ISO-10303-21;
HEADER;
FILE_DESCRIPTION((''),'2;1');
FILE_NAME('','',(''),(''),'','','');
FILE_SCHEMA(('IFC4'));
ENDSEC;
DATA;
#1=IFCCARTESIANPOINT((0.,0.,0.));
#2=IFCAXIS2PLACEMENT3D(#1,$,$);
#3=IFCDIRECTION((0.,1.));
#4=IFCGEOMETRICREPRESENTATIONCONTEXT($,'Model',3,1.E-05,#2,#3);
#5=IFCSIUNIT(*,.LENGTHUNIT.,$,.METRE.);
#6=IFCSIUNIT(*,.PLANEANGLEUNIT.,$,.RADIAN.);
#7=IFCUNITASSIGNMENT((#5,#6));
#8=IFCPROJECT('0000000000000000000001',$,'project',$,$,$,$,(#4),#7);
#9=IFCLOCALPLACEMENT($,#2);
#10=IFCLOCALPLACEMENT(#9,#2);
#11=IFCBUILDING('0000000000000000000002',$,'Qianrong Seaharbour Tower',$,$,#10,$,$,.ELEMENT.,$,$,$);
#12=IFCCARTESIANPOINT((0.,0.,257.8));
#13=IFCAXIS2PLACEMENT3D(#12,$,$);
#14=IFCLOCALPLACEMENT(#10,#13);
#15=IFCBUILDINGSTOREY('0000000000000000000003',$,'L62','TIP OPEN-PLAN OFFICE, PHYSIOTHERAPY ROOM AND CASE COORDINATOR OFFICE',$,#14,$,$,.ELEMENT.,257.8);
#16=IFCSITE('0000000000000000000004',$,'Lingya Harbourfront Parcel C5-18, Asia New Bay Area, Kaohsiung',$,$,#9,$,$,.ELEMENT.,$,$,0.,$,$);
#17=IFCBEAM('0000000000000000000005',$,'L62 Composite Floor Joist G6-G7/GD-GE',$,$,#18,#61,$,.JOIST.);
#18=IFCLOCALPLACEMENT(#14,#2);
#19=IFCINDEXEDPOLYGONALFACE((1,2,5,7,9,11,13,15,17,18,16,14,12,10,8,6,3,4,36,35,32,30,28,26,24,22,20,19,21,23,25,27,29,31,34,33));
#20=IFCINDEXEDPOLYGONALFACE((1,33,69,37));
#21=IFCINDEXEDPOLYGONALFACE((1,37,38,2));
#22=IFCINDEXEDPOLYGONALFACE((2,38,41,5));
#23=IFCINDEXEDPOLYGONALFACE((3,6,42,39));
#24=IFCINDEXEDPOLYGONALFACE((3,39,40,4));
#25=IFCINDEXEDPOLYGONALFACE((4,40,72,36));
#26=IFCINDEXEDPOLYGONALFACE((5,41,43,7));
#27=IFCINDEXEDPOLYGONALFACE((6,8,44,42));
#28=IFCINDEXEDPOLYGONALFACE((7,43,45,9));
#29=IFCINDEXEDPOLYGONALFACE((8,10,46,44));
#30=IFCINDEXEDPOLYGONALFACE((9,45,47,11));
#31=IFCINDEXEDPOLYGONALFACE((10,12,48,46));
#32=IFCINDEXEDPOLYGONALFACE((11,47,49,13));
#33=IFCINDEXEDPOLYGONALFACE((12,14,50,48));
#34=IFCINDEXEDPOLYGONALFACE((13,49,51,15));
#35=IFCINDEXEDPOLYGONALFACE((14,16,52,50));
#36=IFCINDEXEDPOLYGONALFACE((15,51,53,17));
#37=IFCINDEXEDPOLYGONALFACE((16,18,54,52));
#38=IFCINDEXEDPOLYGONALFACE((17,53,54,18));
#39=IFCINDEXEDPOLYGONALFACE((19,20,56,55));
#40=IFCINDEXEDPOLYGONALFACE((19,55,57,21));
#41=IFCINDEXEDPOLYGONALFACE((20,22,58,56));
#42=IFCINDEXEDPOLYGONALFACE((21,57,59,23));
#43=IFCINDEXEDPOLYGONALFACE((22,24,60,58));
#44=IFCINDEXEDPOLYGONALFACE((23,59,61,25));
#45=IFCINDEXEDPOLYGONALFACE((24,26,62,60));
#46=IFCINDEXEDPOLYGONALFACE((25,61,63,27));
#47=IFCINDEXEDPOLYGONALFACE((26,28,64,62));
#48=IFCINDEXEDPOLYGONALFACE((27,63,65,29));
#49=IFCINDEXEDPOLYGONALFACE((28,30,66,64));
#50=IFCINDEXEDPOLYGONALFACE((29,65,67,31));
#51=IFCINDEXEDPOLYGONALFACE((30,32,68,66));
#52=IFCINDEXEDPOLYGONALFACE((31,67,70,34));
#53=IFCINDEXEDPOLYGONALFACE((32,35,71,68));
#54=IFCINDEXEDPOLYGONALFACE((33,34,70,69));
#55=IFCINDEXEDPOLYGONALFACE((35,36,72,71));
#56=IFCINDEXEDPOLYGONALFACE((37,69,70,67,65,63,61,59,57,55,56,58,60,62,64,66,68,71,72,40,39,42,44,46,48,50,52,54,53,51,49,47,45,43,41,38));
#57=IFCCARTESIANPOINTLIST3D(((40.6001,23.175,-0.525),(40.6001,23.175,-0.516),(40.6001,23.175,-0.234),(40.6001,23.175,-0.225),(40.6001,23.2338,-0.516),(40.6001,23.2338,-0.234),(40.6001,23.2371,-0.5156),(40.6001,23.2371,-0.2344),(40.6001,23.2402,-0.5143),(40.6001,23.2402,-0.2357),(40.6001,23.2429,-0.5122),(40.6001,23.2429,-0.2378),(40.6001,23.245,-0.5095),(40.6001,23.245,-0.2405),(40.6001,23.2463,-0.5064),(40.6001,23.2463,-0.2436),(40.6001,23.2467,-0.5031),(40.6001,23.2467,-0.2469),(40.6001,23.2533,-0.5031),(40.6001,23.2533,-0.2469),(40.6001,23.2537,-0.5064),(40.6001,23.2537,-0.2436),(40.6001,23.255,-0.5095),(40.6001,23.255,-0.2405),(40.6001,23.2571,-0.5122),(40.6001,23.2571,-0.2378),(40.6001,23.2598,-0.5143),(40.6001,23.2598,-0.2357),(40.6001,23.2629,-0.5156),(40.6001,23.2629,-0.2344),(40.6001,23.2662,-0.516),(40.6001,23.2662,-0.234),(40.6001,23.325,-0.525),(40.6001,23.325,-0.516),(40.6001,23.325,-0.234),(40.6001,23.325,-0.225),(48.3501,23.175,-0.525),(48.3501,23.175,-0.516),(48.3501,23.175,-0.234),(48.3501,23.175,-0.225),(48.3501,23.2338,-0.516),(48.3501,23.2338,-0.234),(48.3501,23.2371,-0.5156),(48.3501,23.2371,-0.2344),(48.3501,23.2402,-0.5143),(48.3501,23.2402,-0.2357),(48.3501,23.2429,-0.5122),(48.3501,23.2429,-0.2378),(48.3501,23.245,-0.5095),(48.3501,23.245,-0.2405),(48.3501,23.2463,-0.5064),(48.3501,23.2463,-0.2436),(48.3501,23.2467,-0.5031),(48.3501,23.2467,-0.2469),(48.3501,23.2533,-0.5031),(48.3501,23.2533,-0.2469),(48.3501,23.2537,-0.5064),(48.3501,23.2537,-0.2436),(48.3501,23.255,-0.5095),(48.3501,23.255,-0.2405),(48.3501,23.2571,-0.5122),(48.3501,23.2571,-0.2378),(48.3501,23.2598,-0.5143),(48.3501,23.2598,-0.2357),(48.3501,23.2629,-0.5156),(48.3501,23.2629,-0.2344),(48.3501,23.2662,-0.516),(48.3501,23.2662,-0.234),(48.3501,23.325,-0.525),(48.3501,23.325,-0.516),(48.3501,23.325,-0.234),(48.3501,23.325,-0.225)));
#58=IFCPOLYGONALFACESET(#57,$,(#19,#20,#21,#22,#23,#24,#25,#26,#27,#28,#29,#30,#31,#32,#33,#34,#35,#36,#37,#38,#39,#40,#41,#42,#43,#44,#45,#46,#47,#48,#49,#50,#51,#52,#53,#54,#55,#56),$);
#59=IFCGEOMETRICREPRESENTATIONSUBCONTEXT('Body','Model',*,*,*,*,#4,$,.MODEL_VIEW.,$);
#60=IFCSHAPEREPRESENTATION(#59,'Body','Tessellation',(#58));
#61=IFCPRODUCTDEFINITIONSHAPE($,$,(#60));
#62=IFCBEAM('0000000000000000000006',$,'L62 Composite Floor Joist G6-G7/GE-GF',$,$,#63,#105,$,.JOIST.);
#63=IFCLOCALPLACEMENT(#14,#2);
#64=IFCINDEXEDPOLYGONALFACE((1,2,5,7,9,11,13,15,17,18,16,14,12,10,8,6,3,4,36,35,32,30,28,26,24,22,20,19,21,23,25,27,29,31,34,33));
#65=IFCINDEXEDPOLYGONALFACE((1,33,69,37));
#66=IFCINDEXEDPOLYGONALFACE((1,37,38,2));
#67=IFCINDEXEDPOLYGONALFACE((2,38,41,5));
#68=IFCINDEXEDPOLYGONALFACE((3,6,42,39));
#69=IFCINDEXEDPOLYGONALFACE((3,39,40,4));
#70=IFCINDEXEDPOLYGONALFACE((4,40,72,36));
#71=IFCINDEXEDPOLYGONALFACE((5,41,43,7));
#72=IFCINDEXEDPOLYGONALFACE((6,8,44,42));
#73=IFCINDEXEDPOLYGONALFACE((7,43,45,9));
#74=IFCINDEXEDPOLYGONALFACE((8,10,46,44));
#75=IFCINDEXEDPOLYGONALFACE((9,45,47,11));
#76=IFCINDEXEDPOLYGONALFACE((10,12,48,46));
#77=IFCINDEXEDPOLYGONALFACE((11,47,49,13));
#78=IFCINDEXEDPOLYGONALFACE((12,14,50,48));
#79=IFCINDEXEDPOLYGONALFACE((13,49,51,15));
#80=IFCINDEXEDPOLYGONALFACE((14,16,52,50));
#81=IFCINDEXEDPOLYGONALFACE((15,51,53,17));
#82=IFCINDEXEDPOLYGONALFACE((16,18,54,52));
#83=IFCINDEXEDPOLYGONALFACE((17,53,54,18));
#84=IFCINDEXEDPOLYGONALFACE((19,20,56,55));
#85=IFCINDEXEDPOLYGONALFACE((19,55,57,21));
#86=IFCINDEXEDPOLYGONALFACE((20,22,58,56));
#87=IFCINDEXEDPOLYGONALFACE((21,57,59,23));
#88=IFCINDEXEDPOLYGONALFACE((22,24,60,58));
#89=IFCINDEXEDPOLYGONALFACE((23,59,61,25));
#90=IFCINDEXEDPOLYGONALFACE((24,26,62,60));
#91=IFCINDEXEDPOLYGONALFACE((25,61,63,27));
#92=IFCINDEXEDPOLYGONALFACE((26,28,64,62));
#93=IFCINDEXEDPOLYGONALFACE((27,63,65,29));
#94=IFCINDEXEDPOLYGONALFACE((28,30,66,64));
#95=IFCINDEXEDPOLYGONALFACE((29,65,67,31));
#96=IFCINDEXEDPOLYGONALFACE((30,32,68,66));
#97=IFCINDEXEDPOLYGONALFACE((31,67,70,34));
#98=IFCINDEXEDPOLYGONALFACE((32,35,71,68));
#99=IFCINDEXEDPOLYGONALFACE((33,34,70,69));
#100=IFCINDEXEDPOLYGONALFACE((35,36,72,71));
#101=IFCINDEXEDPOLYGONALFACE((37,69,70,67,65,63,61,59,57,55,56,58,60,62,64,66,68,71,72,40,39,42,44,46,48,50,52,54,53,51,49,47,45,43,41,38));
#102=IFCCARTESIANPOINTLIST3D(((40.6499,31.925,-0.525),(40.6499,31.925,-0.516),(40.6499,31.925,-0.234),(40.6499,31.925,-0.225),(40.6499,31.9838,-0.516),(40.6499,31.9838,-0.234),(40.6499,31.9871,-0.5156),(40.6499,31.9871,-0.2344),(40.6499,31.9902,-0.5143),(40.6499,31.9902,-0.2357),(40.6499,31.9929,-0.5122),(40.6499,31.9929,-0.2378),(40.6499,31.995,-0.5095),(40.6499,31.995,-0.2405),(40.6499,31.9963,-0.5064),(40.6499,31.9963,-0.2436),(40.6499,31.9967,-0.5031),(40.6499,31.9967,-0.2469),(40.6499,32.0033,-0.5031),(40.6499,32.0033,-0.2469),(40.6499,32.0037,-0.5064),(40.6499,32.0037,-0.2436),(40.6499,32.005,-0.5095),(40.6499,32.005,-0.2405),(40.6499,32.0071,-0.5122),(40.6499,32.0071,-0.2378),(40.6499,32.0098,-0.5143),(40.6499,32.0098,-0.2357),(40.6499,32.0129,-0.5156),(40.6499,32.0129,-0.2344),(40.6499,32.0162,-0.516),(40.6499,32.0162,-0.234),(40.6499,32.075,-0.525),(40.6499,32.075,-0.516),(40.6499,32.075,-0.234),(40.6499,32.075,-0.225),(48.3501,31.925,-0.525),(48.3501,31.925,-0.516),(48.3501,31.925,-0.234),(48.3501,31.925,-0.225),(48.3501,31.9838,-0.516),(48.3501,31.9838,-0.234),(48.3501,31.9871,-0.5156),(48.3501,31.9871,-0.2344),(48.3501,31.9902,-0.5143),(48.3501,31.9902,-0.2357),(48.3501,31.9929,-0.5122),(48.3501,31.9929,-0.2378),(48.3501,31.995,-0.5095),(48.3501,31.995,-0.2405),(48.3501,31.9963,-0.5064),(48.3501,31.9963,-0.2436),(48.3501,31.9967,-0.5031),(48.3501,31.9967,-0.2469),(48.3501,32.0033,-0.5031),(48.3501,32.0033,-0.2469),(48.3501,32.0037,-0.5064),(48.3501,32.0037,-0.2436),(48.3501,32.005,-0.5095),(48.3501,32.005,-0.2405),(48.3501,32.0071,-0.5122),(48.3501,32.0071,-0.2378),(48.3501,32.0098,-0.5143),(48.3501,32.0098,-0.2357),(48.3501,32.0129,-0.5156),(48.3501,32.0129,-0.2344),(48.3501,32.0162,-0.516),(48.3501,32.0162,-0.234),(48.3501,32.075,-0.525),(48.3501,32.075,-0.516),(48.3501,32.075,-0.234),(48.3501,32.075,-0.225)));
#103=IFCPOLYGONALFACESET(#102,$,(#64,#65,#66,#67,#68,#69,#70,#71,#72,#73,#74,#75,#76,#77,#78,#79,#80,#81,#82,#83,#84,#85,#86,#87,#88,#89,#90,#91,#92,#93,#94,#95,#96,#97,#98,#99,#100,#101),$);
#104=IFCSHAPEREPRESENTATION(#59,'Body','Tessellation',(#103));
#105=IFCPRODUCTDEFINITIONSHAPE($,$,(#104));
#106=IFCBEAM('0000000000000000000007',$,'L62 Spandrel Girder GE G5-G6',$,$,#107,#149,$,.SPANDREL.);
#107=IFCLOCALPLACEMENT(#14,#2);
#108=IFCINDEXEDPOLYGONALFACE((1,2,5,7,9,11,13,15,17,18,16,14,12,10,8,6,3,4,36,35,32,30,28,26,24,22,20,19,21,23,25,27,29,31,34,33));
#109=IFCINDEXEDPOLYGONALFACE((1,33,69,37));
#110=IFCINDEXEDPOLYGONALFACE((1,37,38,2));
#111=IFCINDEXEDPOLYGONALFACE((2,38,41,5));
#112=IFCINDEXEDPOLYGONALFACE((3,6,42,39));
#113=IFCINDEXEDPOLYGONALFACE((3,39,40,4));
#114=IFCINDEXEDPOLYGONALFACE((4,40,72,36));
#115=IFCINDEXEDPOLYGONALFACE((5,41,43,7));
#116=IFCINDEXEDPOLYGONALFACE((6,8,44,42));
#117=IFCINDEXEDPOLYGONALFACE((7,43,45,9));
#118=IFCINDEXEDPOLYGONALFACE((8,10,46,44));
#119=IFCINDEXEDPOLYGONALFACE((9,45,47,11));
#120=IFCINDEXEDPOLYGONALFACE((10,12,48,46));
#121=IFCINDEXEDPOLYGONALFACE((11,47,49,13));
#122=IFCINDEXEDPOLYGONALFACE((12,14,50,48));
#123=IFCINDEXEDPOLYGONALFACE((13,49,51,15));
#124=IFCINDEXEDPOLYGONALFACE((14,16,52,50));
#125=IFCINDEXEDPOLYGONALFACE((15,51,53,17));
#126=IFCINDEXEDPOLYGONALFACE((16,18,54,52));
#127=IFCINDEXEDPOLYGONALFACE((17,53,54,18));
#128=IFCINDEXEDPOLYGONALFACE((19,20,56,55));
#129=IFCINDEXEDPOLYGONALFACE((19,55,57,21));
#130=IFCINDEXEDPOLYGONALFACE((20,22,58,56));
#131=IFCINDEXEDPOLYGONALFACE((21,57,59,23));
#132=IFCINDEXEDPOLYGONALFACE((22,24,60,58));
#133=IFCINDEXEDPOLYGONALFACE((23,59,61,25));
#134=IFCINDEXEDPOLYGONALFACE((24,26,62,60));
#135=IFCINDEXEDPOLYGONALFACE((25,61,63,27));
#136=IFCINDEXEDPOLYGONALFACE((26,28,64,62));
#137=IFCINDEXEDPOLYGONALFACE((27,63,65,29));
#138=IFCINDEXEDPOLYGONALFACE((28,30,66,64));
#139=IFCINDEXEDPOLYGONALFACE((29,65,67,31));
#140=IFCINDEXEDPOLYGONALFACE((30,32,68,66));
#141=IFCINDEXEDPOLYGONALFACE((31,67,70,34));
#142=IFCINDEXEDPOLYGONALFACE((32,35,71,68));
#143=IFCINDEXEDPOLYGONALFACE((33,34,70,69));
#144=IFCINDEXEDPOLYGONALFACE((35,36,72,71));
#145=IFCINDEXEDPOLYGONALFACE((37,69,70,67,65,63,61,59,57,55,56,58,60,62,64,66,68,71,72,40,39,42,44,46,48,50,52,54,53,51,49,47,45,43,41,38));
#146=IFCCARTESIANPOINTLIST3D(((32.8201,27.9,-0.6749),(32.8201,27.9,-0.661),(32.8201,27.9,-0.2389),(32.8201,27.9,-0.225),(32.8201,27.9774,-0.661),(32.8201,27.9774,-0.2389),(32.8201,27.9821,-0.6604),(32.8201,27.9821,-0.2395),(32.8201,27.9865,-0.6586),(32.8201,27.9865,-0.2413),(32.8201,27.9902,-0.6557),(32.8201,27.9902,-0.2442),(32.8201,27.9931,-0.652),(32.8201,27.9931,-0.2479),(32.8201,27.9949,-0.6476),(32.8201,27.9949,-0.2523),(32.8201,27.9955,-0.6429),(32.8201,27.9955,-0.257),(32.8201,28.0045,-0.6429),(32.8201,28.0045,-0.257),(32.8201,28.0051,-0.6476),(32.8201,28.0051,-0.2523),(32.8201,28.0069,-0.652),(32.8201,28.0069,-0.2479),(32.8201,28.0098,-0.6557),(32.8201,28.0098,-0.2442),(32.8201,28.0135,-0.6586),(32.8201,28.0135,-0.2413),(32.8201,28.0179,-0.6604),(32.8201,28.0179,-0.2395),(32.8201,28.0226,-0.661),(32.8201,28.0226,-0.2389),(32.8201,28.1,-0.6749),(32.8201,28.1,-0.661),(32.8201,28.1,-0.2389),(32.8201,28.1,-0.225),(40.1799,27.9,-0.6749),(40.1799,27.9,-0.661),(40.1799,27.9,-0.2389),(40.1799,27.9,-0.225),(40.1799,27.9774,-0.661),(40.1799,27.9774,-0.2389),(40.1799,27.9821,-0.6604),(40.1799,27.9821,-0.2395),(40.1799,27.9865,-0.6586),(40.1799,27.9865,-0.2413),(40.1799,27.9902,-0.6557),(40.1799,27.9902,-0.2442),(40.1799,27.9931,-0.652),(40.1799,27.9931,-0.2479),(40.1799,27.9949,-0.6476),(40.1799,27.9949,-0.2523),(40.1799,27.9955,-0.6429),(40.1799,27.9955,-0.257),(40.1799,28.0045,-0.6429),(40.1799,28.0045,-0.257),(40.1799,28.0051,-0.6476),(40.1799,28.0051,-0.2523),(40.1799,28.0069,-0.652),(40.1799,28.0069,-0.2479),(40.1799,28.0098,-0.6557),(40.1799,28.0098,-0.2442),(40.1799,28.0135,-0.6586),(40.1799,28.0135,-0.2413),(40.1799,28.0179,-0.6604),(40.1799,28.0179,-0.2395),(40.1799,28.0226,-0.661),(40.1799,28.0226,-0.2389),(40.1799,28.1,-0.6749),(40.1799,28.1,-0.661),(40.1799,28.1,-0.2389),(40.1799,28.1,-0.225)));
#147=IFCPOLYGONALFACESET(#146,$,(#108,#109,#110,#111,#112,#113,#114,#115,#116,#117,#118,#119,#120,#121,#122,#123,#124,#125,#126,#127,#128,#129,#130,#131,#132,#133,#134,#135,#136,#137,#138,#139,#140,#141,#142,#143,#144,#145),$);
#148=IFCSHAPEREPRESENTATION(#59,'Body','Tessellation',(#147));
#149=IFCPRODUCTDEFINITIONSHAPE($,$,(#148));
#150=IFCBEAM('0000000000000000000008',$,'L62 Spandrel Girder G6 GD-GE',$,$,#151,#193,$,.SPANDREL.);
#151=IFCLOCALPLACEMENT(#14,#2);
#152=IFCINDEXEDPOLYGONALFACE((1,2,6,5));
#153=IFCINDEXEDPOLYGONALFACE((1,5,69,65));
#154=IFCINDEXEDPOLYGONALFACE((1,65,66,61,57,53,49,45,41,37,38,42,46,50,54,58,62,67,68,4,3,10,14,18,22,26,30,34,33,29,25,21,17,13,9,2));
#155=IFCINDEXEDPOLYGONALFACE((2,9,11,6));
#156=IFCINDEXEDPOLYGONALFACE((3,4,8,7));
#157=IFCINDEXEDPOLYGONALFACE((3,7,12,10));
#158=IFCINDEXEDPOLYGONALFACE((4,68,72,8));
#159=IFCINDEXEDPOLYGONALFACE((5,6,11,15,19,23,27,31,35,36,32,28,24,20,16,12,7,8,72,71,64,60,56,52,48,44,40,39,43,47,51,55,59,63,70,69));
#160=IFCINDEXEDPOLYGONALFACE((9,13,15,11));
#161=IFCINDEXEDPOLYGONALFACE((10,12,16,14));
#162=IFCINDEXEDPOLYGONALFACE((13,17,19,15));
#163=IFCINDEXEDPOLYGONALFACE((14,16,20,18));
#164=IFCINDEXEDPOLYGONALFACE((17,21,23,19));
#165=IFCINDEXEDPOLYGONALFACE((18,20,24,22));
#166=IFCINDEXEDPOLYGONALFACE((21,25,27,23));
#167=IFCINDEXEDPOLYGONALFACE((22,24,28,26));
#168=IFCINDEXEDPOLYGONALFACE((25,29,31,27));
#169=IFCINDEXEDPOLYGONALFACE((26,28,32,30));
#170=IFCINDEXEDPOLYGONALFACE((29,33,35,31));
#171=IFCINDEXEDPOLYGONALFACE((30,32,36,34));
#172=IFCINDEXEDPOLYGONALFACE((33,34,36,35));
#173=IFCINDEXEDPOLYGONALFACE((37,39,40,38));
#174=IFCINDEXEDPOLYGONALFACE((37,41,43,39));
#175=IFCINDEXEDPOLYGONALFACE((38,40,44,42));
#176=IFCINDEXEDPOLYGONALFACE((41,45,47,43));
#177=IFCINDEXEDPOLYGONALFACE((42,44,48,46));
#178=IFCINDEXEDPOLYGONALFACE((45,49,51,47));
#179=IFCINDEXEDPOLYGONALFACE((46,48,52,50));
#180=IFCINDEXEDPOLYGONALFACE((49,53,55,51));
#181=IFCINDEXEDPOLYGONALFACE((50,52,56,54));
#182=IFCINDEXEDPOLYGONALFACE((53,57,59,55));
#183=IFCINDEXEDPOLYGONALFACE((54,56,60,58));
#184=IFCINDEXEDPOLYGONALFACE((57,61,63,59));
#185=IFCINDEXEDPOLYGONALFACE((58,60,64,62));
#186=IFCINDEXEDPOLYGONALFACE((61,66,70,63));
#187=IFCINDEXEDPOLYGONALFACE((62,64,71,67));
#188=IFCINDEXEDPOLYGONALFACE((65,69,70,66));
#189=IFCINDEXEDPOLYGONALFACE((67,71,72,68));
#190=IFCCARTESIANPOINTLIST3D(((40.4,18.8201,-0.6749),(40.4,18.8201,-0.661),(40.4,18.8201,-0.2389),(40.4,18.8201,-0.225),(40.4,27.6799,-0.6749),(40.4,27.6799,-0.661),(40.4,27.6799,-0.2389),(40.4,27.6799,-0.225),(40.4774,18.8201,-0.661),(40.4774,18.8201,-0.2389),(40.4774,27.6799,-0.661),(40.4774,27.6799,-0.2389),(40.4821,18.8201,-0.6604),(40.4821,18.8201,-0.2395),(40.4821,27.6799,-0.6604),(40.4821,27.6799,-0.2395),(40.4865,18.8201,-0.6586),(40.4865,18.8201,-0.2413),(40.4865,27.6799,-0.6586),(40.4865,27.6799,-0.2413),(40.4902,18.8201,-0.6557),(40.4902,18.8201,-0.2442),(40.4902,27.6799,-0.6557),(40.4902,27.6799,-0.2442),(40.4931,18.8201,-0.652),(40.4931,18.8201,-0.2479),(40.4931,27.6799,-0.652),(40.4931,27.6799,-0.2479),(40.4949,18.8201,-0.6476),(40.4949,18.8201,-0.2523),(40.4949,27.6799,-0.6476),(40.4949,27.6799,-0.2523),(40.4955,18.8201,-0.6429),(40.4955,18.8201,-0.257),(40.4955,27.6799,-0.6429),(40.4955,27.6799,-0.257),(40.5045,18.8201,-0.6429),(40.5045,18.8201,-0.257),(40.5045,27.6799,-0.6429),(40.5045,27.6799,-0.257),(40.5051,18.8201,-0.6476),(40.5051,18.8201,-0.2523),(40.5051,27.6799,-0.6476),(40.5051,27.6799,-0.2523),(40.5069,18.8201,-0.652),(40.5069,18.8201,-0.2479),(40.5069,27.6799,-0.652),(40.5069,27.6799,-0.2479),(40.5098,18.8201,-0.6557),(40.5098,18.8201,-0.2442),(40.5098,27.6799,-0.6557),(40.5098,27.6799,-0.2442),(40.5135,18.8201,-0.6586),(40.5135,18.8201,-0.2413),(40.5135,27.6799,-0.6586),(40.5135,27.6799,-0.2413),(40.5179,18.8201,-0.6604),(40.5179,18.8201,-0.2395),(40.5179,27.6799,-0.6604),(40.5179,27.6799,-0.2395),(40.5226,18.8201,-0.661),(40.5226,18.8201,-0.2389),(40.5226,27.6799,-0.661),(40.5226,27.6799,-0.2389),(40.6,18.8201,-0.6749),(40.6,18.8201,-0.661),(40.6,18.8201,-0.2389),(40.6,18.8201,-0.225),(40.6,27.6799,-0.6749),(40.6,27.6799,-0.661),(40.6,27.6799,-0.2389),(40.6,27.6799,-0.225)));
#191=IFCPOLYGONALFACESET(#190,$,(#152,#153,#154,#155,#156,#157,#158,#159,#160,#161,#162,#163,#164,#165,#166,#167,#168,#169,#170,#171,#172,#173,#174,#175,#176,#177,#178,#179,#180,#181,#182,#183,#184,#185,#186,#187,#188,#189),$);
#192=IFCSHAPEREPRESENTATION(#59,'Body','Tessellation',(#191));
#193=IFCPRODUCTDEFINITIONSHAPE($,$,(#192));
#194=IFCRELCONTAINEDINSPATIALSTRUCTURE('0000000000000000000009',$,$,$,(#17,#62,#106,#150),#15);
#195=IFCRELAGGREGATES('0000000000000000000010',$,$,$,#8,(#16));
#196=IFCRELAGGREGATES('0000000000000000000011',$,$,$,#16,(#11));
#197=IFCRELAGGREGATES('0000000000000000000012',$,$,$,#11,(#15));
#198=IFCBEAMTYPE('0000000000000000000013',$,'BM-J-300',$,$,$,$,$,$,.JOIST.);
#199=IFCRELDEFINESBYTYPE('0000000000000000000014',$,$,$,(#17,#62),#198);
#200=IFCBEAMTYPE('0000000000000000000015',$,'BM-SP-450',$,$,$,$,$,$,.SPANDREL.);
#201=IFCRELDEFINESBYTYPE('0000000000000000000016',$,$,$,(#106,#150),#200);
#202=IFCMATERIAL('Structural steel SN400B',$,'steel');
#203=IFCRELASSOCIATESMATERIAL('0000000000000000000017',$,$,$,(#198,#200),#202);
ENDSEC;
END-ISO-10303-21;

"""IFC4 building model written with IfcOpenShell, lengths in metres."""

from ifc_helpers import new_model, si_unit, direction, frame, origin, origin_2d, place, context, subcontext, project, spatial, i_section, extrude, material, material_profile, profile_set, type_object, element, save


model = new_model("IFC4")

# Units and contexts
model_context = context("Model", 3, precision=1e-05, world=origin(), true_north=direction((0.0, 1.0)))
body_context = subcontext(model_context, "Body", "Model", "MODEL_VIEW")
ifc_project = project(units=[si_unit("LENGTHUNIT", "METRE"), si_unit("PLANEANGLEUNIT", "RADIAN")], contexts=[model_context])

# Site, building, storey
site_placement = place(None, origin())
site = spatial("IfcSite", under=ifc_project, at=site_placement, Name="Lingya Harbourfront Parcel C5-18, Asia New Bay Area, Kaohsiung", CompositionType="ELEMENT", RefElevation=0.0)
building_placement = place(site_placement, origin())
building = spatial("IfcBuilding", under=site, at=building_placement, Name="Qianrong Seaharbour Tower", CompositionType="ELEMENT")
storey_placement = place(building_placement, frame((0.0, 0.0, 257.8)))
storey = spatial("IfcBuildingStorey", under=building, at=storey_placement, Name="L62", Description="TIP OPEN-PLAN OFFICE, PHYSIOTHERAPY ROOM AND CASE COORDINATOR OFFICE", CompositionType="ELEMENT", Elevation=257.8)

# Beams
ifc_material_1 = material(Name="Structural steel SN400B", Category="steel")
ifc_material_profile_1 = material_profile(ifc_material_1, i_section(OverallWidth=0.1499, OverallDepth=0.3, WebThickness=0.0066, FlangeThickness=0.009, FilletRadius=0.0129, at=origin_2d()), Name="H300x150x6.5x9")
ifc_profile_set_1 = profile_set([ifc_material_profile_1], Name="Structural steel SN400B")
beam_type_1 = type_object("IfcBeamType", Name="BM-J-300", PredefinedType="JOIST", material=ifc_profile_set_1)
beam_1_placement = place(storey_placement, frame((40.6001, 23.25, -0.375), z_axis=(1.0, 0.0, 0.0), x_axis=(0.0, 1.0, 0.0)))
element("IfcBeam", 1, at=beam_1_placement, inside=storey, type_object=beam_type_1, Name="L62 Composite Floor Joist G6-G7/GD-GE", PredefinedType="JOIST", context=body_context, shape_type="SweptSolid", body=[
    extrude(i_section(OverallWidth=0.1499, OverallDepth=0.3, WebThickness=0.0066, FlangeThickness=0.009, FilletRadius=0.0129, at=origin_2d()), origin(), (0.0, 0.0, 1.0), 7.75),
])
beam_2_placement = place(storey_placement, frame((40.6499, 32.0, -0.375), z_axis=(1.0, 0.0, 0.0), x_axis=(0.0, 1.0, 0.0)))
element("IfcBeam", 2, at=beam_2_placement, inside=storey, type_object=beam_type_1, Name="L62 Composite Floor Joist G6-G7/GE-GF", PredefinedType="JOIST", context=body_context, shape_type="SweptSolid", body=[
    extrude(i_section(OverallWidth=0.1499, OverallDepth=0.3, WebThickness=0.0066, FlangeThickness=0.009, FilletRadius=0.0129, at=origin_2d()), origin(), (0.0, 0.0, 1.0), 7.7002),
])
ifc_material_profile_2 = material_profile(ifc_material_1, i_section(OverallWidth=0.2, OverallDepth=0.45, WebThickness=0.009, FlangeThickness=0.0139, FilletRadius=0.0181, at=origin_2d()), Name="H450x200x9x14")
ifc_profile_set_2 = profile_set([ifc_material_profile_2], Name="Structural steel SN400B")
beam_type_2 = type_object("IfcBeamType", Name="BM-SP-450", PredefinedType="SPANDREL", material=ifc_profile_set_2)
beam_3_placement = place(storey_placement, frame((32.8201, 28.0, -0.45), z_axis=(1.0, 0.0, 0.0), x_axis=(0.0, 1.0, 0.0)))
element("IfcBeam", 3, at=beam_3_placement, inside=storey, type_object=beam_type_2, Name="L62 Spandrel Girder GE G5-G6", PredefinedType="SPANDREL", context=body_context, shape_type="SweptSolid", body=[
    extrude(i_section(OverallWidth=0.2, OverallDepth=0.45, WebThickness=0.009, FlangeThickness=0.0139, FilletRadius=0.0181, at=origin_2d()), origin(), (0.0, 0.0, 1.0), 7.3599),
])
beam_4_placement = place(storey_placement, frame((40.5, 18.8201, -0.45), z_axis=(0.0, 1.0, 0.0), x_axis=(-1.0, 0.0, 0.0)))
element("IfcBeam", 4, at=beam_4_placement, inside=storey, type_object=beam_type_2, Name="L62 Spandrel Girder G6 GD-GE", PredefinedType="SPANDREL", context=body_context, shape_type="SweptSolid", body=[
    extrude(i_section(OverallWidth=0.2, OverallDepth=0.45, WebThickness=0.009, FlangeThickness=0.0139, FilletRadius=0.0181, at=origin_2d()), origin(), (0.0, 0.0, 1.0), 8.8599),
])

save(model, "model.ifc")
